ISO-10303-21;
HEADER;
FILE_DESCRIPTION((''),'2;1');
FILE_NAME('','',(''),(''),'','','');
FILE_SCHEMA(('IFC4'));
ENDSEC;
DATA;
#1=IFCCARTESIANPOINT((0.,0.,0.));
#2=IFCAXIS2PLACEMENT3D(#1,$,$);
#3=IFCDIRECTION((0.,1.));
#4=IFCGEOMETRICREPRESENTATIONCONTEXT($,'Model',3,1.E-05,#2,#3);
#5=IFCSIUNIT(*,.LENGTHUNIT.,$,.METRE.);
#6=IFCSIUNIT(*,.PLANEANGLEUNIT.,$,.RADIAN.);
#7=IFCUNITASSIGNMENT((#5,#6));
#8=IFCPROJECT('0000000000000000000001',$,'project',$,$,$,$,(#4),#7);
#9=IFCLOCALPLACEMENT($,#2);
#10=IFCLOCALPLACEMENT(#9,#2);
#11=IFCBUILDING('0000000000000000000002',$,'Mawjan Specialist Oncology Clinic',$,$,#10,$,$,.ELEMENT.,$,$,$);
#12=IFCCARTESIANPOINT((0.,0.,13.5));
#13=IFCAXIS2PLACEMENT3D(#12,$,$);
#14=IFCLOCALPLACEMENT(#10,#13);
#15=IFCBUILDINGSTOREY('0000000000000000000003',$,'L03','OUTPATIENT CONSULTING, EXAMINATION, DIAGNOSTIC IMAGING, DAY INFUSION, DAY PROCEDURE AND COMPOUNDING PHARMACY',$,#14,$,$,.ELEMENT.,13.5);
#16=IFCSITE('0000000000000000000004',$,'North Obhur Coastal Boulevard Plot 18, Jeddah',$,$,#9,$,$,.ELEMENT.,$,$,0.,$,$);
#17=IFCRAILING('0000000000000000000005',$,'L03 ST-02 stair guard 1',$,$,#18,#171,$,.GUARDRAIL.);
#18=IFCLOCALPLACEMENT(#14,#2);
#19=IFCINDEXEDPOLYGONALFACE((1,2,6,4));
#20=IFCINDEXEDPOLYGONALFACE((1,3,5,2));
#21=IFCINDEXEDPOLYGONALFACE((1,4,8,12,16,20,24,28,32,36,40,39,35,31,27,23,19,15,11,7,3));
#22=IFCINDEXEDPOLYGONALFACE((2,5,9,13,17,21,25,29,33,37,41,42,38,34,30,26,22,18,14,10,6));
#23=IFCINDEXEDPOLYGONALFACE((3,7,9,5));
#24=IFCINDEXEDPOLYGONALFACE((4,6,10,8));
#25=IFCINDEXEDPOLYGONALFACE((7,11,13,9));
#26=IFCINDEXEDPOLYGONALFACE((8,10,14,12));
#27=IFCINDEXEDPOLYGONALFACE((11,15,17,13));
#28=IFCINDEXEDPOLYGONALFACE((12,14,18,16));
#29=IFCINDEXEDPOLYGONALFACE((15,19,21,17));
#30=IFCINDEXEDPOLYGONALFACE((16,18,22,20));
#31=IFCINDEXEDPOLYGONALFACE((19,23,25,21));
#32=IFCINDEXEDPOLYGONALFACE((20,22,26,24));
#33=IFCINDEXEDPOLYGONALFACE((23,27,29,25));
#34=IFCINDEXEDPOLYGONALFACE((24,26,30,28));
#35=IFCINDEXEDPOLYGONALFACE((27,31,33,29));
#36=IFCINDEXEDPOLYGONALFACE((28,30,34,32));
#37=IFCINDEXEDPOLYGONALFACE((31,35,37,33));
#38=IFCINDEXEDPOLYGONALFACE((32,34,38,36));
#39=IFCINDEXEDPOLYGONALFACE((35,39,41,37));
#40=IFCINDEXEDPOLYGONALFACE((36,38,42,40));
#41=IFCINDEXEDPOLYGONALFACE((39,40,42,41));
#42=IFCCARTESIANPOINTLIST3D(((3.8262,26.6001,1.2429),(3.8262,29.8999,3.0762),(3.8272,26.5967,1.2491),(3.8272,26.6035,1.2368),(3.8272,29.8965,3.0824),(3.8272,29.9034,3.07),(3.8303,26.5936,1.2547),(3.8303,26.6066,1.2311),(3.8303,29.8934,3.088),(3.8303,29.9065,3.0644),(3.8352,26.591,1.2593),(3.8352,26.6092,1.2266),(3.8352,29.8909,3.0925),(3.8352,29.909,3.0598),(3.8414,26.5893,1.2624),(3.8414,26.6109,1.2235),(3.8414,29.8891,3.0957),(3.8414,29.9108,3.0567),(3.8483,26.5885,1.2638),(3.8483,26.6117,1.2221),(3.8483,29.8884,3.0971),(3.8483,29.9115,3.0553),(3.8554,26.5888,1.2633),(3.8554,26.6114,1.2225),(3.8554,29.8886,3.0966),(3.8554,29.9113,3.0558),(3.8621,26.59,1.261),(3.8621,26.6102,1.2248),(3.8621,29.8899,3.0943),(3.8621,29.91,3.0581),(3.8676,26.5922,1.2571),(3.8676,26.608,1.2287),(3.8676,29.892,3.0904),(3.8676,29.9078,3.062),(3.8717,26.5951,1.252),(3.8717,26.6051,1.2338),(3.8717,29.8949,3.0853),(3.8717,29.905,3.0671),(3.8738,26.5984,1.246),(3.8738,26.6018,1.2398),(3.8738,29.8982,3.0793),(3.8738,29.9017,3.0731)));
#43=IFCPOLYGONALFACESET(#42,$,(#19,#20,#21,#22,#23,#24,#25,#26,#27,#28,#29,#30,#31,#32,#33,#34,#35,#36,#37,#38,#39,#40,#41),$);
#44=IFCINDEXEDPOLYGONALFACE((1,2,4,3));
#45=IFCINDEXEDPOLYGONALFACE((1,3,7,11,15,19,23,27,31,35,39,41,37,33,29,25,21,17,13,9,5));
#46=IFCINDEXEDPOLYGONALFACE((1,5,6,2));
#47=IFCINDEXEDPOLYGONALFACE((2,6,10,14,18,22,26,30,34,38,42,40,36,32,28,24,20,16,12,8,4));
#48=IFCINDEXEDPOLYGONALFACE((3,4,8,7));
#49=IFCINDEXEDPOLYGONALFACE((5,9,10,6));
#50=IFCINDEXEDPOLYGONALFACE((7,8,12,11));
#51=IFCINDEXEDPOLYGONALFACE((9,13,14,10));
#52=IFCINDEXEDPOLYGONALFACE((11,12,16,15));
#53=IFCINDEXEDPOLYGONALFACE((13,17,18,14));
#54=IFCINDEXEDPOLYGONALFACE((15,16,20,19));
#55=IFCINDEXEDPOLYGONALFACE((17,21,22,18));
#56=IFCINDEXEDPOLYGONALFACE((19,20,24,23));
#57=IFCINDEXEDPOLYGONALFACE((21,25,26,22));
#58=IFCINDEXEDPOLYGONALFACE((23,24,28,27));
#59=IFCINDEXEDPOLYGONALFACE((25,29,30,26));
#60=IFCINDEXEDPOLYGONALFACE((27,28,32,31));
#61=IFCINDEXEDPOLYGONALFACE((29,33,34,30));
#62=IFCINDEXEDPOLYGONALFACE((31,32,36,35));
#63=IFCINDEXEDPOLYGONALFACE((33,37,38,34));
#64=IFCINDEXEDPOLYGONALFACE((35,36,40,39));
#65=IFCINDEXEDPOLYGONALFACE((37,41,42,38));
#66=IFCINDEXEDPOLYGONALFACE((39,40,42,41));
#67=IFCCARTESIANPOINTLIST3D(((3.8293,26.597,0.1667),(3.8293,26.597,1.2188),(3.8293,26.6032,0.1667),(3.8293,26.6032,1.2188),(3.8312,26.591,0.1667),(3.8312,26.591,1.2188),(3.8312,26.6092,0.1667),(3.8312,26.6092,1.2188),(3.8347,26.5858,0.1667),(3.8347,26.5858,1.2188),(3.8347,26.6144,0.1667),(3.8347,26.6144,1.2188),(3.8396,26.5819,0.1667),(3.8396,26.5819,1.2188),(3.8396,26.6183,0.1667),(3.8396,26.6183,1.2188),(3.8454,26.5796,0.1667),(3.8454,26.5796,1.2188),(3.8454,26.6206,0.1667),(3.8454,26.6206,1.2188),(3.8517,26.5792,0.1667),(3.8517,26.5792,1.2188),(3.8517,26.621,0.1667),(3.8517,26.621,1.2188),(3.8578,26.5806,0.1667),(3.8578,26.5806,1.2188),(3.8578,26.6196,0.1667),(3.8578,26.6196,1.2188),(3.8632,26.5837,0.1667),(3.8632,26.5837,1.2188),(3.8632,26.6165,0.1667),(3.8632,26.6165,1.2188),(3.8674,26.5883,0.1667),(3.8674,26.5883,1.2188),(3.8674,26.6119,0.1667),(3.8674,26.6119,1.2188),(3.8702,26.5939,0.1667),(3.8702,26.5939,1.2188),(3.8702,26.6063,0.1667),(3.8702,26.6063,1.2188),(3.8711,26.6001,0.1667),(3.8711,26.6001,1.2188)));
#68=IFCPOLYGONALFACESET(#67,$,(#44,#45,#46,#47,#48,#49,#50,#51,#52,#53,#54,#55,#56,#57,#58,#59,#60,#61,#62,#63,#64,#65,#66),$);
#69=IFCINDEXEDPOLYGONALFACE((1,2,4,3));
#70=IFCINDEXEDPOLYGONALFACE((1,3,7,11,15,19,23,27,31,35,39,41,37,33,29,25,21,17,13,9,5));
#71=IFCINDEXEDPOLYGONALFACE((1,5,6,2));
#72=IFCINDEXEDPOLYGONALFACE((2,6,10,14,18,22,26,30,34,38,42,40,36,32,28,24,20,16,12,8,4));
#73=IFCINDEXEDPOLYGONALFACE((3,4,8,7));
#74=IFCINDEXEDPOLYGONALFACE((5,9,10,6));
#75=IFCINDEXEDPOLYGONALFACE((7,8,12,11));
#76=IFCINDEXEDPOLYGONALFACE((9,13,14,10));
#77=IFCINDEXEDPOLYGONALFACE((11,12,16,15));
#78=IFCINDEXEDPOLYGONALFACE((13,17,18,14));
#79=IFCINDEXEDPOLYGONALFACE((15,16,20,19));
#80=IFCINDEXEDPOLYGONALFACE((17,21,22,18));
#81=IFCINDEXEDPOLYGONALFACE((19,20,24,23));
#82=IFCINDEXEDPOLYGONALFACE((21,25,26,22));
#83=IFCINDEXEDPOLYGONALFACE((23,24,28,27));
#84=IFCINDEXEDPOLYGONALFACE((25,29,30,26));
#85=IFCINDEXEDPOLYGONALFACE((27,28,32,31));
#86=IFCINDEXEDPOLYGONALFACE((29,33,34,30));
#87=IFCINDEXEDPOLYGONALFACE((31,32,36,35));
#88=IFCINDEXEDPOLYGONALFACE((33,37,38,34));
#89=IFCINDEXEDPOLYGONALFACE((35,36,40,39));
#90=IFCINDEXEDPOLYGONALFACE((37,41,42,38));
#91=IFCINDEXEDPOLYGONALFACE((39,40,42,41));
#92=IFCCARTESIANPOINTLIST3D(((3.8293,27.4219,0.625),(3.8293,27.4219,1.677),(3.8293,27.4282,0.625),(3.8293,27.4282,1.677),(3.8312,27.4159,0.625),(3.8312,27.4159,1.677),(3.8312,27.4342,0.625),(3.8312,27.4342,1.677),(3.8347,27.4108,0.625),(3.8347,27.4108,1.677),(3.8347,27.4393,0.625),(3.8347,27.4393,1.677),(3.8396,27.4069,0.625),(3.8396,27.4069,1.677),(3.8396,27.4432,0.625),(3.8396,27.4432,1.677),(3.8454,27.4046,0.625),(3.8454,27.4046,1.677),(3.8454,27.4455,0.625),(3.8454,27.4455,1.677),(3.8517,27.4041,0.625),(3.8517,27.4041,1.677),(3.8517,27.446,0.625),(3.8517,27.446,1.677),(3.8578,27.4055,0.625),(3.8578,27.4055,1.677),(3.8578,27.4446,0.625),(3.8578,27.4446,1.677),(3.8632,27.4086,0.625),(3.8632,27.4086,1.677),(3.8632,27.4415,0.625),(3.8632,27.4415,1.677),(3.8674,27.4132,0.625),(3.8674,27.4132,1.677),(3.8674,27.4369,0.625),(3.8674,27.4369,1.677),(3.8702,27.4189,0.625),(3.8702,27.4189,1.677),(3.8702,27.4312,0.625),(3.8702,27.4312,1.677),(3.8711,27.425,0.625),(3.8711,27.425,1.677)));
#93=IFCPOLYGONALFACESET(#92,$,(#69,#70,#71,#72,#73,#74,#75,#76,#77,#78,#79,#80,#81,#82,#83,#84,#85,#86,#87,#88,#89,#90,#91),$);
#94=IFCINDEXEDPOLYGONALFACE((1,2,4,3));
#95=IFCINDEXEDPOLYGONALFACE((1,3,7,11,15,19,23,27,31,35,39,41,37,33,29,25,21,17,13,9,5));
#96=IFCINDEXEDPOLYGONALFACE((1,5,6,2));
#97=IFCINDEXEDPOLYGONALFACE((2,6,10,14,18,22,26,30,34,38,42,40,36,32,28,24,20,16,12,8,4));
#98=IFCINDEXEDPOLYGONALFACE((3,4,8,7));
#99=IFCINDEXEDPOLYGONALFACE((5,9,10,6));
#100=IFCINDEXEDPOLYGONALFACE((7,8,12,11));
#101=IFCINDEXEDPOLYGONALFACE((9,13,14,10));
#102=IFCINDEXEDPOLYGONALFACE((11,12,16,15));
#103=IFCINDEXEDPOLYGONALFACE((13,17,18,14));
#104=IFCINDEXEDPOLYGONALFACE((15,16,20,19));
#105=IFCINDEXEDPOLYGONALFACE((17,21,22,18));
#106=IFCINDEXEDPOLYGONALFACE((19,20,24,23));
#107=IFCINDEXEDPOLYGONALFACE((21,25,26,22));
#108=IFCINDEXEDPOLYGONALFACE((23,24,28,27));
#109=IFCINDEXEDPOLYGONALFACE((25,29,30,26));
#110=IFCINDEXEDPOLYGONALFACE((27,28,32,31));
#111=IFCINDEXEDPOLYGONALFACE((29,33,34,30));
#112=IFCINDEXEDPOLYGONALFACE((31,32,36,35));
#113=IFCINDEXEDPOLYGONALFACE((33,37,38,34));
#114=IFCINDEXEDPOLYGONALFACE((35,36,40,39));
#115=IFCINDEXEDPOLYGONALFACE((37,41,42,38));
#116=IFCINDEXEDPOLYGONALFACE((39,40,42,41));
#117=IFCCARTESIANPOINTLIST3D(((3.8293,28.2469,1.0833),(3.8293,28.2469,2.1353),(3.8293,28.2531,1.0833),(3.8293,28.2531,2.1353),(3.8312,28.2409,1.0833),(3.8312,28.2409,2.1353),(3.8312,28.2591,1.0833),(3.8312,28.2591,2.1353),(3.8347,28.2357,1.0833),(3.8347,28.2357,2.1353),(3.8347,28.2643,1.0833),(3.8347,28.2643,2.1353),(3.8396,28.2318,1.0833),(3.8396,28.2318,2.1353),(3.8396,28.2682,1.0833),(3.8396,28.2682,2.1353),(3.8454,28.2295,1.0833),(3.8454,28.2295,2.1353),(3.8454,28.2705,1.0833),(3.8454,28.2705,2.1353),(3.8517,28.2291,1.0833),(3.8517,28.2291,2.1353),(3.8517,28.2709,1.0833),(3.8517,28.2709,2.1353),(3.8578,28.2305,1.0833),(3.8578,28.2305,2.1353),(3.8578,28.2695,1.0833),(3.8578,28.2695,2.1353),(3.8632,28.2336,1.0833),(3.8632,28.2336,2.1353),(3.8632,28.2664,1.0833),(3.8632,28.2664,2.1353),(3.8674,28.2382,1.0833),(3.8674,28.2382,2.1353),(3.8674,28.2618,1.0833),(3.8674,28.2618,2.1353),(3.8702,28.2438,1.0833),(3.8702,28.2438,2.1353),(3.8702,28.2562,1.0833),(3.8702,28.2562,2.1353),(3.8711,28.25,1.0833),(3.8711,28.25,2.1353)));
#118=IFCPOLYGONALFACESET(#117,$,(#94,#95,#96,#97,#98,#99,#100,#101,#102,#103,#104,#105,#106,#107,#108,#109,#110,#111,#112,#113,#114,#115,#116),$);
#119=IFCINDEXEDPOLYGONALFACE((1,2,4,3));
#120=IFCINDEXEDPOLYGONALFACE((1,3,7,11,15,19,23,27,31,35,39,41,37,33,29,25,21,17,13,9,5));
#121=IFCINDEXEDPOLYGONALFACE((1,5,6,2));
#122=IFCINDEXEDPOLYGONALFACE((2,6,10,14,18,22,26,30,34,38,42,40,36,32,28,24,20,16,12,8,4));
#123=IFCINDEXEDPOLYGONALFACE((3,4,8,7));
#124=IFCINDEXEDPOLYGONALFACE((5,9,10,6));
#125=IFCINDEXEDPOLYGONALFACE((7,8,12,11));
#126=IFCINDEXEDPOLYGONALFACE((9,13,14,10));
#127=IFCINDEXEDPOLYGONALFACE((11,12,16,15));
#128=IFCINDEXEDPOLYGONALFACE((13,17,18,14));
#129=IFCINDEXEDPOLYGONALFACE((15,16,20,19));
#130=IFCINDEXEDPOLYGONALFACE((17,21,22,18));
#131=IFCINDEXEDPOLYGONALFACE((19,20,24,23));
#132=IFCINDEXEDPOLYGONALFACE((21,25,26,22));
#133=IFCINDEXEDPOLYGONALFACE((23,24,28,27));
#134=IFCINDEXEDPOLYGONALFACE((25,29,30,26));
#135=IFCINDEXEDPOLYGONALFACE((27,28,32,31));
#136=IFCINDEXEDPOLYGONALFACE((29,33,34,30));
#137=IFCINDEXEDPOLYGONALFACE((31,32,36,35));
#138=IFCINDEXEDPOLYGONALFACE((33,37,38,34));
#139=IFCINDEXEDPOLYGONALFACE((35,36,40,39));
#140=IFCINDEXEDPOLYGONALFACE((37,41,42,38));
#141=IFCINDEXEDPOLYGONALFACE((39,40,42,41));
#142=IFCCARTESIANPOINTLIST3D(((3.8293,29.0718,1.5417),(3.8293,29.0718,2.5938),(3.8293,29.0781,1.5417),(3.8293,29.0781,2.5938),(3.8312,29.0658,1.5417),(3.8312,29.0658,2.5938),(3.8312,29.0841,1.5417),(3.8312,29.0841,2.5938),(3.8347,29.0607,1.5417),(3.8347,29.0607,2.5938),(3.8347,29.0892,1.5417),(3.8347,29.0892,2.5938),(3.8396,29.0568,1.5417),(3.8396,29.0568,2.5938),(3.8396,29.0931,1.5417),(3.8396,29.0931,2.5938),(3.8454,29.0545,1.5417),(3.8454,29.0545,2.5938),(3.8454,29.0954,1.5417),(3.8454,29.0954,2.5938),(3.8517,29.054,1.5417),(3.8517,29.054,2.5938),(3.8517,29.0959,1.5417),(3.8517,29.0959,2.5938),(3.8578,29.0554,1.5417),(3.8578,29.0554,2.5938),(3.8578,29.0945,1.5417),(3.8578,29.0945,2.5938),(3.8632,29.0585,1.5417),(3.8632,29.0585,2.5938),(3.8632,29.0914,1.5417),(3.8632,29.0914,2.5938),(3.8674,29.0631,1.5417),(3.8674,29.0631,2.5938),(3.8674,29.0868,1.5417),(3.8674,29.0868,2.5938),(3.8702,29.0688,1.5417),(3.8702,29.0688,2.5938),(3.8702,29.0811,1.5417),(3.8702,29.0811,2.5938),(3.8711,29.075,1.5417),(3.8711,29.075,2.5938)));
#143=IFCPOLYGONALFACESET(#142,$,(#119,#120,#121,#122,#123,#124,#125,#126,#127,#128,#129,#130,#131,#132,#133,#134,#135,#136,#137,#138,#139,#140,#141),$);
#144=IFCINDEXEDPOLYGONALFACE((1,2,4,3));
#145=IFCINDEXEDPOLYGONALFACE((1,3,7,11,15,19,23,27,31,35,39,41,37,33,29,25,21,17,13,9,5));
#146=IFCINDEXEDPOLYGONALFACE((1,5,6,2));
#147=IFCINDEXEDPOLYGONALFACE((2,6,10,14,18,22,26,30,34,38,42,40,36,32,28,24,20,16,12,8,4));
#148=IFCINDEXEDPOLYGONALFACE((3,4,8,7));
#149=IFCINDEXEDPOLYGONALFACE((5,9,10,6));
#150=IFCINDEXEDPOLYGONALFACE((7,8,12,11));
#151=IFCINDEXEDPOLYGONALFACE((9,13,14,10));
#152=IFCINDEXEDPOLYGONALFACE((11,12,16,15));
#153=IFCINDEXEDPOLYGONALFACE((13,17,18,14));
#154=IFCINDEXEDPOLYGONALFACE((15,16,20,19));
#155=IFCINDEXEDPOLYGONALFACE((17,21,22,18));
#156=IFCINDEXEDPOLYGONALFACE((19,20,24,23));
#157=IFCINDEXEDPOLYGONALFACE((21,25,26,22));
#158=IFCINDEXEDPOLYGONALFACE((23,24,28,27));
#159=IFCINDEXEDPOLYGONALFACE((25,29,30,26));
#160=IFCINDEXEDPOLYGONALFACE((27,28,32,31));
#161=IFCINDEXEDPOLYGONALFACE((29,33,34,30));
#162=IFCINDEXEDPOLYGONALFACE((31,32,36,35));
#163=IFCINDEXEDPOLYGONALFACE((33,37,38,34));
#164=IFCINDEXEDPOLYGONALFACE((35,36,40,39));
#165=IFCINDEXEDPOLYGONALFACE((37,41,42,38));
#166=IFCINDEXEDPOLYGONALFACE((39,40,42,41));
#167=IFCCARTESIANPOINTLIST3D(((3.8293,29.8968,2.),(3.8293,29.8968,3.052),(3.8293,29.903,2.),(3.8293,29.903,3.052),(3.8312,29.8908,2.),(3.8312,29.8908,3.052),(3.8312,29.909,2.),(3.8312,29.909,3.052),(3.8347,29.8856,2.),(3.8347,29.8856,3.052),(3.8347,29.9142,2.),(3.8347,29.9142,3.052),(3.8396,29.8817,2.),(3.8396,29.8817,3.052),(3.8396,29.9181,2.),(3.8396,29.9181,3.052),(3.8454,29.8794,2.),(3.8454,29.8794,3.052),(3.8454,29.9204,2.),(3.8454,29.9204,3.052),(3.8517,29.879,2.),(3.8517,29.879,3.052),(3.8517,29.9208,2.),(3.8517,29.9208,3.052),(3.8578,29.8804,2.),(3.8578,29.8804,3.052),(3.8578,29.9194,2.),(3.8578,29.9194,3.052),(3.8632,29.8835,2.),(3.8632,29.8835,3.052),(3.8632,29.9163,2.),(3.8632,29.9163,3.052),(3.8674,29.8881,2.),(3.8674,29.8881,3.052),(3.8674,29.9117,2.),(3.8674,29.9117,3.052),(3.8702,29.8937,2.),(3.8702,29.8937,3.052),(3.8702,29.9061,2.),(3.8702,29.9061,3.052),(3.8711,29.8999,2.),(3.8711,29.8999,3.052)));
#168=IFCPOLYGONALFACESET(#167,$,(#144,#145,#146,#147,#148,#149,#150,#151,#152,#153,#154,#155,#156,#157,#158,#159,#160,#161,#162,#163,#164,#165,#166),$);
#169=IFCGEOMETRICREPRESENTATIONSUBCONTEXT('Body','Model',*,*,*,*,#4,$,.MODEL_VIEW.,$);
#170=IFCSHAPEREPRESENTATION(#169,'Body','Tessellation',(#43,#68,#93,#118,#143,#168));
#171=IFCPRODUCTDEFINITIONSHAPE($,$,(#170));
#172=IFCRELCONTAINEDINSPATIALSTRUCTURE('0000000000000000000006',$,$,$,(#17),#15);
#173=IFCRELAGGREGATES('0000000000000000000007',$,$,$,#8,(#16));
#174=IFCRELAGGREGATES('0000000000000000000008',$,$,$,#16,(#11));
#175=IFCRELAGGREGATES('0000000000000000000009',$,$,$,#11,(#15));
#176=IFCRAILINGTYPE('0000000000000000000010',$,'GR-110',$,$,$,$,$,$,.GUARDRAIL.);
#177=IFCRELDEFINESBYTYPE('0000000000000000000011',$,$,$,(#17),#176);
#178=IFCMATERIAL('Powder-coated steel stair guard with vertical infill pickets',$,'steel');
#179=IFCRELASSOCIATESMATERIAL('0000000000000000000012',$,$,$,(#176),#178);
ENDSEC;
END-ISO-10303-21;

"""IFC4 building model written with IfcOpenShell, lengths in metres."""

from ifc_helpers import new_model, si_unit, direction, frame, origin, origin_2d, place, context, subcontext, project, spatial, circle, extrude, material, type_object, element, save


model = new_model("IFC4")

# Units and contexts
model_context = context("Model", 3, precision=1e-05, world=origin(), true_north=direction((0.0, 1.0)))
body_context = subcontext(model_context, "Body", "Model", "MODEL_VIEW")
ifc_project = project(units=[si_unit("LENGTHUNIT", "METRE"), si_unit("PLANEANGLEUNIT", "RADIAN")], contexts=[model_context])

# Site, building, storey
site_placement = place(None, origin())
site = spatial("IfcSite", under=ifc_project, at=site_placement, Name="North Obhur Coastal Boulevard Plot 18, Jeddah", CompositionType="ELEMENT", RefElevation=0.0)
building_placement = place(site_placement, origin())
building = spatial("IfcBuilding", under=site, at=building_placement, Name="Mawjan Specialist Oncology Clinic", CompositionType="ELEMENT")
storey_placement = place(building_placement, frame((0.0, 0.0, 13.5)))
storey = spatial("IfcBuildingStorey", under=building, at=storey_placement, Name="L03", Description="OUTPATIENT CONSULTING, EXAMINATION, DIAGNOSTIC IMAGING, DAY INFUSION, DAY PROCEDURE AND COMPOUNDING PHARMACY", CompositionType="ELEMENT", Elevation=13.5)

# Railing
ifc_material_1 = material(Name="Powder-coated steel stair guard with vertical infill pickets", Category="steel")
railing_type_1 = type_object("IfcRailingType", Name="GR-110", PredefinedType="GUARDRAIL", material=ifc_material_1)
railing_1_placement = place(storey_placement, frame((3.8501, 26.6001, 0.1667)))
element("IfcRailing", 1, at=railing_1_placement, inside=storey, type_object=railing_type_1, Name="L03 ST-02 stair guard 1", PredefinedType="GUARDRAIL", context=body_context, shape_type="SweptSolid", body=[
    extrude(circle(Radius=0.0239, at=origin_2d()), frame((0.0, 0.0, 1.0762), z_axis=(0.0, 0.874154, 0.485648), x_axis=(-1.0, 0.0, 0.0)), (0.0, 0.0, 1.0), 3.7749),
    extrude(circle(Radius=0.021, at=origin_2d()), origin(), (0.0, 0.0, 1.0), 1.052),
    extrude(circle(Radius=0.021, at=origin_2d()), frame((0.0, 0.825, 0.4583)), (0.0, 0.0, 1.0), 1.052),
    extrude(circle(Radius=0.021, at=origin_2d()), frame((0.0, 1.6499, 0.9165)), (0.0, 0.0, 1.0), 1.052),
    extrude(circle(Radius=0.021, at=origin_2d()), frame((0.0, 2.4749, 1.375)), (0.0, 0.0, 1.0), 1.052),
    extrude(circle(Radius=0.021, at=origin_2d()), frame((0.0, 3.2998, 1.8333)), (0.0, 0.0, 1.0), 1.052),
])

save(model, "model.ifc")
